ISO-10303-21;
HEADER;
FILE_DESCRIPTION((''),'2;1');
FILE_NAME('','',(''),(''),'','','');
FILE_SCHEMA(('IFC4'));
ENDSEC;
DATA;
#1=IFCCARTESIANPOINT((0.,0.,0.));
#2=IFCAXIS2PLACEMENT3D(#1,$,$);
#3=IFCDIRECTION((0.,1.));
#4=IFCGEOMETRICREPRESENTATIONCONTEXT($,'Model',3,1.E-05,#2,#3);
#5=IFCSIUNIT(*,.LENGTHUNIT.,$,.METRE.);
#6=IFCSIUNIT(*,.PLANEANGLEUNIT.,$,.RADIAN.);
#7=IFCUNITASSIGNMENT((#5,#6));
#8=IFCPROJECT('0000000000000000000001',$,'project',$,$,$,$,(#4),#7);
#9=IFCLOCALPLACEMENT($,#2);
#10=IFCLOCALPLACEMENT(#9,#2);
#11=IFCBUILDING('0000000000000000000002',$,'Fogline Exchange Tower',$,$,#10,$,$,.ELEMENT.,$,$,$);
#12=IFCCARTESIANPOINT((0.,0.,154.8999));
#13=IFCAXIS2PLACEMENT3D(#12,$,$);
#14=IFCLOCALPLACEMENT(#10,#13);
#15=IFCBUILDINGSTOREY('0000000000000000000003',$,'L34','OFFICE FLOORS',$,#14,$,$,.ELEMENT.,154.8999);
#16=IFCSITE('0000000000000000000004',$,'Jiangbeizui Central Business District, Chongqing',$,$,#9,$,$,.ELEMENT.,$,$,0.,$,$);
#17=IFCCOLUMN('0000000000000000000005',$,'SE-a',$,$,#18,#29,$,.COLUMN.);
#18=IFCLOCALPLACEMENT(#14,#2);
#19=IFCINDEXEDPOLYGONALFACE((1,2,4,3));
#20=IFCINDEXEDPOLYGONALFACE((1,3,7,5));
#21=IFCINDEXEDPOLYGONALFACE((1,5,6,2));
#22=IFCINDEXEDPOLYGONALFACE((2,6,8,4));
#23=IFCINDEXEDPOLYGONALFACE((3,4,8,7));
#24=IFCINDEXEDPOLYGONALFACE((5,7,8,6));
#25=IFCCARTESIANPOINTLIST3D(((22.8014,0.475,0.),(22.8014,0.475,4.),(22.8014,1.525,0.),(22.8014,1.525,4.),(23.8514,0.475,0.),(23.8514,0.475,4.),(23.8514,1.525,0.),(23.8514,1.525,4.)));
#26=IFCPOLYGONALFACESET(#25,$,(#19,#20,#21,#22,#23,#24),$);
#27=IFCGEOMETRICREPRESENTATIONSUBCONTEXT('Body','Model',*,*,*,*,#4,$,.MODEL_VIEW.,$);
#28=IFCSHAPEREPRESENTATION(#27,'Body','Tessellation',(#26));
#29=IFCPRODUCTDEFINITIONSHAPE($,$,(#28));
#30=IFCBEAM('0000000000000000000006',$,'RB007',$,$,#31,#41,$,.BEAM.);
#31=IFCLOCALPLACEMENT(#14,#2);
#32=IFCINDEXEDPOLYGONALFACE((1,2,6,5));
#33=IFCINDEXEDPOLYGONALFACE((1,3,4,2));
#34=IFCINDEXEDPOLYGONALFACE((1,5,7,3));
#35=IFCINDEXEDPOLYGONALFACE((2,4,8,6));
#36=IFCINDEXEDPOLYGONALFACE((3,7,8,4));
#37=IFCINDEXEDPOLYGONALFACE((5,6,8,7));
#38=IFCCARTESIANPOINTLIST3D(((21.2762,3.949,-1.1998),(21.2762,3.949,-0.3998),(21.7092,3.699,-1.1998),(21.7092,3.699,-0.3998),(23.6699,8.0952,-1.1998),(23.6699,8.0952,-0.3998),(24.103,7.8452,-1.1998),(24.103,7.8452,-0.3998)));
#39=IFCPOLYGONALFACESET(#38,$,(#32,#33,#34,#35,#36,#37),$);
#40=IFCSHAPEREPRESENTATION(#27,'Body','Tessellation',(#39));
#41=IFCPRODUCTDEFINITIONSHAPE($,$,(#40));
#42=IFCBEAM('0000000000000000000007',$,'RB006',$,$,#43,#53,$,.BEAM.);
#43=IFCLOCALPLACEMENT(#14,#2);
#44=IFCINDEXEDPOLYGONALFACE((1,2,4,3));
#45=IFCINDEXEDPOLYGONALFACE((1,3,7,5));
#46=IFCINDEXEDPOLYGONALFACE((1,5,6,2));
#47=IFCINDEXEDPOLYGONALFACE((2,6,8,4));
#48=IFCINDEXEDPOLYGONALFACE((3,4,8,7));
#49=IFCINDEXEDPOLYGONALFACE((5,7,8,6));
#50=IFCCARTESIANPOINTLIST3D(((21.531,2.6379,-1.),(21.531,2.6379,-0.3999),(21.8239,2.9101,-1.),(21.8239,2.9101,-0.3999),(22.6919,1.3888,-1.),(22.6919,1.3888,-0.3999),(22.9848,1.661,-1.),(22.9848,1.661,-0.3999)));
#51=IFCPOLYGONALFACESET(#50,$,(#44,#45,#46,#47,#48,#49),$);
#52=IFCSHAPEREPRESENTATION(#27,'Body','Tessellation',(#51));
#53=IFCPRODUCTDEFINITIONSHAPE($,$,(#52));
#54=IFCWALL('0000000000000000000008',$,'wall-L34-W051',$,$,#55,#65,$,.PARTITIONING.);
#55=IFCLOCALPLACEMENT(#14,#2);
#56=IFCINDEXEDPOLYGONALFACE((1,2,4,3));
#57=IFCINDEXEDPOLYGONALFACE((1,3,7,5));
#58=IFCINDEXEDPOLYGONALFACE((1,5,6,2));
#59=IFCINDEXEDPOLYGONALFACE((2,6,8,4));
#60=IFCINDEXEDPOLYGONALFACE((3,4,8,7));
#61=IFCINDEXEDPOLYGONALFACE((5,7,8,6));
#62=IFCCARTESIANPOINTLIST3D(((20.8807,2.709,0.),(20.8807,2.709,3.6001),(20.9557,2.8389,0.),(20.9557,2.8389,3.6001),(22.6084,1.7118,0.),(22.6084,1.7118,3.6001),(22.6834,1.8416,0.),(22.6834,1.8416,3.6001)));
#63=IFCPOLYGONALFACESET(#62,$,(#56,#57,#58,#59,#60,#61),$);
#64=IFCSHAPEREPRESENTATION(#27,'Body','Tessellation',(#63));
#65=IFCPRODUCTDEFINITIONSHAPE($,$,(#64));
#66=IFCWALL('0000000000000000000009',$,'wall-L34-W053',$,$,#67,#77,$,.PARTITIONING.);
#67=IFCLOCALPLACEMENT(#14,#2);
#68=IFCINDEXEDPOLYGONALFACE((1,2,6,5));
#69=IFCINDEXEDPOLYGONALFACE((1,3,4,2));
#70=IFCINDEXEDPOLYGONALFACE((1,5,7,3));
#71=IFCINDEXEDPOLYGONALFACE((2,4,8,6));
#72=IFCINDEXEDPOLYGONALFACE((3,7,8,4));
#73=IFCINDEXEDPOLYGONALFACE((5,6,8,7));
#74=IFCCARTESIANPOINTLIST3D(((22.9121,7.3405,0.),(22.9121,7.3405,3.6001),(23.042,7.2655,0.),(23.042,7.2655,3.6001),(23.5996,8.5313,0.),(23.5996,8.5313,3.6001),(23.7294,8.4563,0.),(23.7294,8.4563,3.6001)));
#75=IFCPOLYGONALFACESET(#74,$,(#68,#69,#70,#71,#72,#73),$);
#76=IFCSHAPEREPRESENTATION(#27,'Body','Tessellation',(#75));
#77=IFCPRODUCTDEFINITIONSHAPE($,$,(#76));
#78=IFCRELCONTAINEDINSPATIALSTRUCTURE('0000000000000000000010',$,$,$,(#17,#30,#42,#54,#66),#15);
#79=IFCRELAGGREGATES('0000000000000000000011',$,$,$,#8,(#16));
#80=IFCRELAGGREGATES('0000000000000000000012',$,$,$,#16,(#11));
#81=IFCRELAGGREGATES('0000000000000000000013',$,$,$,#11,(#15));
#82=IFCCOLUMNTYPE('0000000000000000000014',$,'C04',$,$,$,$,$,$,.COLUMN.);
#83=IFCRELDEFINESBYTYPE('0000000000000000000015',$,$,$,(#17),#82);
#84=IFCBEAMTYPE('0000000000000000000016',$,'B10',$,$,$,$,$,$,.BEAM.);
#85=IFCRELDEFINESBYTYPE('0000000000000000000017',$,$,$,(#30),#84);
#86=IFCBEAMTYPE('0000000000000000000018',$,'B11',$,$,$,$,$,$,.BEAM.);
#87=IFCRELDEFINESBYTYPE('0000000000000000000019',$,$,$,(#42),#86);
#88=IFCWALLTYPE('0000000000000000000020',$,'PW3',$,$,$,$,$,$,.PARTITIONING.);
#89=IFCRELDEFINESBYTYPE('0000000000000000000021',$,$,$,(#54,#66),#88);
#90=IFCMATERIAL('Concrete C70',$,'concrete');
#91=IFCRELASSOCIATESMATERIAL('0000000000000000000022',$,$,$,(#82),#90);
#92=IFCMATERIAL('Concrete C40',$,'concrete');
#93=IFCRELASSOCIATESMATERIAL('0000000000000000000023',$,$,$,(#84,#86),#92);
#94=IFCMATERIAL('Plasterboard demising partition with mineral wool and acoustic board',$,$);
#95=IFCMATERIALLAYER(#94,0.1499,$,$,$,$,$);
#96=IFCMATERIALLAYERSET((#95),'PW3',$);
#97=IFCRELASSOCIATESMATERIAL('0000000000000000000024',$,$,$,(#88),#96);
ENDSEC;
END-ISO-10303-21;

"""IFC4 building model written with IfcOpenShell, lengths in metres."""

from ifc_helpers import new_model, si_unit, direction, frame, frame_2d, origin, origin_2d, place, context, subcontext, project, spatial, rectangle, extrude, material, layer, layer_set, material_profile, profile_set, type_object, element, save


model = new_model("IFC4")

# Units and contexts
model_context = context("Model", 3, precision=1e-05, world=origin(), true_north=direction((0.0, 1.0)))
body_context = subcontext(model_context, "Body", "Model", "MODEL_VIEW")
ifc_project = project(units=[si_unit("LENGTHUNIT", "METRE"), si_unit("PLANEANGLEUNIT", "RADIAN")], contexts=[model_context])

# Site, building, storey
site_placement = place(None, origin())
site = spatial("IfcSite", under=ifc_project, at=site_placement, Name="Jiangbeizui Central Business District, Chongqing", CompositionType="ELEMENT", RefElevation=0.0)
building_placement = place(site_placement, origin())
building = spatial("IfcBuilding", under=site, at=building_placement, Name="Fogline Exchange Tower", CompositionType="ELEMENT")
storey_placement = place(building_placement, frame((0.0, 0.0, 154.8999)))
storey = spatial("IfcBuildingStorey", under=building, at=storey_placement, Name="L34", Description="OFFICE FLOORS", CompositionType="ELEMENT", Elevation=154.8999)

# Column
ifc_material_1 = material(Name="Concrete C70", Category="concrete")
ifc_material_profile_1 = material_profile(ifc_material_1, rectangle(XDim=1.05, YDim=1.05, at=origin_2d()), Name="RC 1050x1050")
ifc_profile_set_1 = profile_set([ifc_material_profile_1], Name="Concrete C70")
column_type = type_object("IfcColumnType", Name="C04", PredefinedType="COLUMN", material=ifc_profile_set_1)
column_placement = place(storey_placement, frame((23.3264, 1.0, 0.0), z_axis=(0.0, 0.0, 1.0), x_axis=(1.0, 0.0, 0.0)))
element("IfcColumn", 1, at=column_placement, inside=storey, type_object=column_type, Name="SE-a", PredefinedType="COLUMN", context=body_context, shape_type="SweptSolid", body=[
    extrude(rectangle(XDim=1.05, YDim=1.05, at=origin_2d()), origin(), (0.0, 0.0, 1.0), 4.0),
])

# Beams
ifc_material_2 = material(Name="Concrete C40", Category="concrete")
ifc_material_profile_2 = material_profile(ifc_material_2, rectangle(XDim=0.5, YDim=0.8, at=origin_2d()), Name="RC 500x800")
ifc_profile_set_2 = profile_set([ifc_material_profile_2], Name="Concrete C40")
beam_type_1 = type_object("IfcBeamType", Name="B10", PredefinedType="BEAM", material=ifc_profile_set_2)
beam_1_placement = place(storey_placement, frame((21.4927, 3.824, -0.7998), z_axis=(0.499995, 0.866028, 0.0), x_axis=(-0.866028, 0.499995, 0.0)))
element("IfcBeam", 2, at=beam_1_placement, inside=storey, type_object=beam_type_1, Name="RB007", PredefinedType="BEAM", context=body_context, shape_type="SweptSolid", body=[
    extrude(rectangle(XDim=0.5, YDim=0.8, at=origin_2d()), origin(), (0.0, 0.0, 1.0), 4.7876),
])
ifc_material_profile_3 = material_profile(ifc_material_2, rectangle(XDim=0.3999, YDim=0.6001, at=origin_2d()), Name="RC 400x600")
ifc_profile_set_3 = profile_set([ifc_material_profile_3], Name="Concrete C40")
beam_type_2 = type_object("IfcBeamType", Name="B11", PredefinedType="BEAM", material=ifc_profile_set_3)
beam_2_placement = place(storey_placement, frame((22.8384, 1.5249, -0.7), z_axis=(-0.680792, 0.732477, 0.0), x_axis=(-0.732477, -0.680792, 0.0)))
element("IfcBeam", 3, at=beam_2_placement, inside=storey, type_object=beam_type_2, Name="RB006", PredefinedType="BEAM", context=body_context, shape_type="SweptSolid", body=[
    extrude(rectangle(XDim=0.3999, YDim=0.6001, at=origin_2d()), origin(), (0.0, 0.0, 1.0), 1.7053),
])

# Walls
ifc_material_3 = material(Name="Plasterboard demising partition with mineral wool and acoustic board")
ifc_layer_1 = layer(ifc_material_3, 0.1499)
ifc_layer_set_1 = layer_set([ifc_layer_1], Name="PW3")
wall_type_1 = type_object("IfcWallType", Name="PW3", PredefinedType="PARTITIONING", material=ifc_layer_set_1)
wall_1_placement = place(storey_placement, frame((22.646, 1.7766, 0.0), z_axis=(0.0, 0.0, 1.0), x_axis=(-0.866074, 0.499917, 0.0)))
element("IfcWall", 4, at=wall_1_placement, inside=storey, type_object=wall_type_1, Name="wall-L34-W051", PredefinedType="PARTITIONING", context=body_context, shape_type="SweptSolid", body=[
    extrude(rectangle(XDim=1.9949, YDim=0.1499, at=frame_2d((0.9976, 0.0))), origin(), (0.0, 0.0, 1.0), 3.6001),
])
wall_2_placement = place(storey_placement, frame((22.9771, 7.303, 0.0), z_axis=(0.0, 0.0, 1.0), x_axis=(0.499958, 0.86605, 0.0)))
element("IfcWall", 5, at=wall_2_placement, inside=storey, type_object=wall_type_1, Name="wall-L34-W053", PredefinedType="PARTITIONING", context=body_context, shape_type="SweptSolid", body=[
    extrude(rectangle(XDim=1.375, YDim=0.1499, at=frame_2d((0.6875, 0.0))), origin(), (0.0, 0.0, 1.0), 3.6001),
])

save(model, "model.ifc")
